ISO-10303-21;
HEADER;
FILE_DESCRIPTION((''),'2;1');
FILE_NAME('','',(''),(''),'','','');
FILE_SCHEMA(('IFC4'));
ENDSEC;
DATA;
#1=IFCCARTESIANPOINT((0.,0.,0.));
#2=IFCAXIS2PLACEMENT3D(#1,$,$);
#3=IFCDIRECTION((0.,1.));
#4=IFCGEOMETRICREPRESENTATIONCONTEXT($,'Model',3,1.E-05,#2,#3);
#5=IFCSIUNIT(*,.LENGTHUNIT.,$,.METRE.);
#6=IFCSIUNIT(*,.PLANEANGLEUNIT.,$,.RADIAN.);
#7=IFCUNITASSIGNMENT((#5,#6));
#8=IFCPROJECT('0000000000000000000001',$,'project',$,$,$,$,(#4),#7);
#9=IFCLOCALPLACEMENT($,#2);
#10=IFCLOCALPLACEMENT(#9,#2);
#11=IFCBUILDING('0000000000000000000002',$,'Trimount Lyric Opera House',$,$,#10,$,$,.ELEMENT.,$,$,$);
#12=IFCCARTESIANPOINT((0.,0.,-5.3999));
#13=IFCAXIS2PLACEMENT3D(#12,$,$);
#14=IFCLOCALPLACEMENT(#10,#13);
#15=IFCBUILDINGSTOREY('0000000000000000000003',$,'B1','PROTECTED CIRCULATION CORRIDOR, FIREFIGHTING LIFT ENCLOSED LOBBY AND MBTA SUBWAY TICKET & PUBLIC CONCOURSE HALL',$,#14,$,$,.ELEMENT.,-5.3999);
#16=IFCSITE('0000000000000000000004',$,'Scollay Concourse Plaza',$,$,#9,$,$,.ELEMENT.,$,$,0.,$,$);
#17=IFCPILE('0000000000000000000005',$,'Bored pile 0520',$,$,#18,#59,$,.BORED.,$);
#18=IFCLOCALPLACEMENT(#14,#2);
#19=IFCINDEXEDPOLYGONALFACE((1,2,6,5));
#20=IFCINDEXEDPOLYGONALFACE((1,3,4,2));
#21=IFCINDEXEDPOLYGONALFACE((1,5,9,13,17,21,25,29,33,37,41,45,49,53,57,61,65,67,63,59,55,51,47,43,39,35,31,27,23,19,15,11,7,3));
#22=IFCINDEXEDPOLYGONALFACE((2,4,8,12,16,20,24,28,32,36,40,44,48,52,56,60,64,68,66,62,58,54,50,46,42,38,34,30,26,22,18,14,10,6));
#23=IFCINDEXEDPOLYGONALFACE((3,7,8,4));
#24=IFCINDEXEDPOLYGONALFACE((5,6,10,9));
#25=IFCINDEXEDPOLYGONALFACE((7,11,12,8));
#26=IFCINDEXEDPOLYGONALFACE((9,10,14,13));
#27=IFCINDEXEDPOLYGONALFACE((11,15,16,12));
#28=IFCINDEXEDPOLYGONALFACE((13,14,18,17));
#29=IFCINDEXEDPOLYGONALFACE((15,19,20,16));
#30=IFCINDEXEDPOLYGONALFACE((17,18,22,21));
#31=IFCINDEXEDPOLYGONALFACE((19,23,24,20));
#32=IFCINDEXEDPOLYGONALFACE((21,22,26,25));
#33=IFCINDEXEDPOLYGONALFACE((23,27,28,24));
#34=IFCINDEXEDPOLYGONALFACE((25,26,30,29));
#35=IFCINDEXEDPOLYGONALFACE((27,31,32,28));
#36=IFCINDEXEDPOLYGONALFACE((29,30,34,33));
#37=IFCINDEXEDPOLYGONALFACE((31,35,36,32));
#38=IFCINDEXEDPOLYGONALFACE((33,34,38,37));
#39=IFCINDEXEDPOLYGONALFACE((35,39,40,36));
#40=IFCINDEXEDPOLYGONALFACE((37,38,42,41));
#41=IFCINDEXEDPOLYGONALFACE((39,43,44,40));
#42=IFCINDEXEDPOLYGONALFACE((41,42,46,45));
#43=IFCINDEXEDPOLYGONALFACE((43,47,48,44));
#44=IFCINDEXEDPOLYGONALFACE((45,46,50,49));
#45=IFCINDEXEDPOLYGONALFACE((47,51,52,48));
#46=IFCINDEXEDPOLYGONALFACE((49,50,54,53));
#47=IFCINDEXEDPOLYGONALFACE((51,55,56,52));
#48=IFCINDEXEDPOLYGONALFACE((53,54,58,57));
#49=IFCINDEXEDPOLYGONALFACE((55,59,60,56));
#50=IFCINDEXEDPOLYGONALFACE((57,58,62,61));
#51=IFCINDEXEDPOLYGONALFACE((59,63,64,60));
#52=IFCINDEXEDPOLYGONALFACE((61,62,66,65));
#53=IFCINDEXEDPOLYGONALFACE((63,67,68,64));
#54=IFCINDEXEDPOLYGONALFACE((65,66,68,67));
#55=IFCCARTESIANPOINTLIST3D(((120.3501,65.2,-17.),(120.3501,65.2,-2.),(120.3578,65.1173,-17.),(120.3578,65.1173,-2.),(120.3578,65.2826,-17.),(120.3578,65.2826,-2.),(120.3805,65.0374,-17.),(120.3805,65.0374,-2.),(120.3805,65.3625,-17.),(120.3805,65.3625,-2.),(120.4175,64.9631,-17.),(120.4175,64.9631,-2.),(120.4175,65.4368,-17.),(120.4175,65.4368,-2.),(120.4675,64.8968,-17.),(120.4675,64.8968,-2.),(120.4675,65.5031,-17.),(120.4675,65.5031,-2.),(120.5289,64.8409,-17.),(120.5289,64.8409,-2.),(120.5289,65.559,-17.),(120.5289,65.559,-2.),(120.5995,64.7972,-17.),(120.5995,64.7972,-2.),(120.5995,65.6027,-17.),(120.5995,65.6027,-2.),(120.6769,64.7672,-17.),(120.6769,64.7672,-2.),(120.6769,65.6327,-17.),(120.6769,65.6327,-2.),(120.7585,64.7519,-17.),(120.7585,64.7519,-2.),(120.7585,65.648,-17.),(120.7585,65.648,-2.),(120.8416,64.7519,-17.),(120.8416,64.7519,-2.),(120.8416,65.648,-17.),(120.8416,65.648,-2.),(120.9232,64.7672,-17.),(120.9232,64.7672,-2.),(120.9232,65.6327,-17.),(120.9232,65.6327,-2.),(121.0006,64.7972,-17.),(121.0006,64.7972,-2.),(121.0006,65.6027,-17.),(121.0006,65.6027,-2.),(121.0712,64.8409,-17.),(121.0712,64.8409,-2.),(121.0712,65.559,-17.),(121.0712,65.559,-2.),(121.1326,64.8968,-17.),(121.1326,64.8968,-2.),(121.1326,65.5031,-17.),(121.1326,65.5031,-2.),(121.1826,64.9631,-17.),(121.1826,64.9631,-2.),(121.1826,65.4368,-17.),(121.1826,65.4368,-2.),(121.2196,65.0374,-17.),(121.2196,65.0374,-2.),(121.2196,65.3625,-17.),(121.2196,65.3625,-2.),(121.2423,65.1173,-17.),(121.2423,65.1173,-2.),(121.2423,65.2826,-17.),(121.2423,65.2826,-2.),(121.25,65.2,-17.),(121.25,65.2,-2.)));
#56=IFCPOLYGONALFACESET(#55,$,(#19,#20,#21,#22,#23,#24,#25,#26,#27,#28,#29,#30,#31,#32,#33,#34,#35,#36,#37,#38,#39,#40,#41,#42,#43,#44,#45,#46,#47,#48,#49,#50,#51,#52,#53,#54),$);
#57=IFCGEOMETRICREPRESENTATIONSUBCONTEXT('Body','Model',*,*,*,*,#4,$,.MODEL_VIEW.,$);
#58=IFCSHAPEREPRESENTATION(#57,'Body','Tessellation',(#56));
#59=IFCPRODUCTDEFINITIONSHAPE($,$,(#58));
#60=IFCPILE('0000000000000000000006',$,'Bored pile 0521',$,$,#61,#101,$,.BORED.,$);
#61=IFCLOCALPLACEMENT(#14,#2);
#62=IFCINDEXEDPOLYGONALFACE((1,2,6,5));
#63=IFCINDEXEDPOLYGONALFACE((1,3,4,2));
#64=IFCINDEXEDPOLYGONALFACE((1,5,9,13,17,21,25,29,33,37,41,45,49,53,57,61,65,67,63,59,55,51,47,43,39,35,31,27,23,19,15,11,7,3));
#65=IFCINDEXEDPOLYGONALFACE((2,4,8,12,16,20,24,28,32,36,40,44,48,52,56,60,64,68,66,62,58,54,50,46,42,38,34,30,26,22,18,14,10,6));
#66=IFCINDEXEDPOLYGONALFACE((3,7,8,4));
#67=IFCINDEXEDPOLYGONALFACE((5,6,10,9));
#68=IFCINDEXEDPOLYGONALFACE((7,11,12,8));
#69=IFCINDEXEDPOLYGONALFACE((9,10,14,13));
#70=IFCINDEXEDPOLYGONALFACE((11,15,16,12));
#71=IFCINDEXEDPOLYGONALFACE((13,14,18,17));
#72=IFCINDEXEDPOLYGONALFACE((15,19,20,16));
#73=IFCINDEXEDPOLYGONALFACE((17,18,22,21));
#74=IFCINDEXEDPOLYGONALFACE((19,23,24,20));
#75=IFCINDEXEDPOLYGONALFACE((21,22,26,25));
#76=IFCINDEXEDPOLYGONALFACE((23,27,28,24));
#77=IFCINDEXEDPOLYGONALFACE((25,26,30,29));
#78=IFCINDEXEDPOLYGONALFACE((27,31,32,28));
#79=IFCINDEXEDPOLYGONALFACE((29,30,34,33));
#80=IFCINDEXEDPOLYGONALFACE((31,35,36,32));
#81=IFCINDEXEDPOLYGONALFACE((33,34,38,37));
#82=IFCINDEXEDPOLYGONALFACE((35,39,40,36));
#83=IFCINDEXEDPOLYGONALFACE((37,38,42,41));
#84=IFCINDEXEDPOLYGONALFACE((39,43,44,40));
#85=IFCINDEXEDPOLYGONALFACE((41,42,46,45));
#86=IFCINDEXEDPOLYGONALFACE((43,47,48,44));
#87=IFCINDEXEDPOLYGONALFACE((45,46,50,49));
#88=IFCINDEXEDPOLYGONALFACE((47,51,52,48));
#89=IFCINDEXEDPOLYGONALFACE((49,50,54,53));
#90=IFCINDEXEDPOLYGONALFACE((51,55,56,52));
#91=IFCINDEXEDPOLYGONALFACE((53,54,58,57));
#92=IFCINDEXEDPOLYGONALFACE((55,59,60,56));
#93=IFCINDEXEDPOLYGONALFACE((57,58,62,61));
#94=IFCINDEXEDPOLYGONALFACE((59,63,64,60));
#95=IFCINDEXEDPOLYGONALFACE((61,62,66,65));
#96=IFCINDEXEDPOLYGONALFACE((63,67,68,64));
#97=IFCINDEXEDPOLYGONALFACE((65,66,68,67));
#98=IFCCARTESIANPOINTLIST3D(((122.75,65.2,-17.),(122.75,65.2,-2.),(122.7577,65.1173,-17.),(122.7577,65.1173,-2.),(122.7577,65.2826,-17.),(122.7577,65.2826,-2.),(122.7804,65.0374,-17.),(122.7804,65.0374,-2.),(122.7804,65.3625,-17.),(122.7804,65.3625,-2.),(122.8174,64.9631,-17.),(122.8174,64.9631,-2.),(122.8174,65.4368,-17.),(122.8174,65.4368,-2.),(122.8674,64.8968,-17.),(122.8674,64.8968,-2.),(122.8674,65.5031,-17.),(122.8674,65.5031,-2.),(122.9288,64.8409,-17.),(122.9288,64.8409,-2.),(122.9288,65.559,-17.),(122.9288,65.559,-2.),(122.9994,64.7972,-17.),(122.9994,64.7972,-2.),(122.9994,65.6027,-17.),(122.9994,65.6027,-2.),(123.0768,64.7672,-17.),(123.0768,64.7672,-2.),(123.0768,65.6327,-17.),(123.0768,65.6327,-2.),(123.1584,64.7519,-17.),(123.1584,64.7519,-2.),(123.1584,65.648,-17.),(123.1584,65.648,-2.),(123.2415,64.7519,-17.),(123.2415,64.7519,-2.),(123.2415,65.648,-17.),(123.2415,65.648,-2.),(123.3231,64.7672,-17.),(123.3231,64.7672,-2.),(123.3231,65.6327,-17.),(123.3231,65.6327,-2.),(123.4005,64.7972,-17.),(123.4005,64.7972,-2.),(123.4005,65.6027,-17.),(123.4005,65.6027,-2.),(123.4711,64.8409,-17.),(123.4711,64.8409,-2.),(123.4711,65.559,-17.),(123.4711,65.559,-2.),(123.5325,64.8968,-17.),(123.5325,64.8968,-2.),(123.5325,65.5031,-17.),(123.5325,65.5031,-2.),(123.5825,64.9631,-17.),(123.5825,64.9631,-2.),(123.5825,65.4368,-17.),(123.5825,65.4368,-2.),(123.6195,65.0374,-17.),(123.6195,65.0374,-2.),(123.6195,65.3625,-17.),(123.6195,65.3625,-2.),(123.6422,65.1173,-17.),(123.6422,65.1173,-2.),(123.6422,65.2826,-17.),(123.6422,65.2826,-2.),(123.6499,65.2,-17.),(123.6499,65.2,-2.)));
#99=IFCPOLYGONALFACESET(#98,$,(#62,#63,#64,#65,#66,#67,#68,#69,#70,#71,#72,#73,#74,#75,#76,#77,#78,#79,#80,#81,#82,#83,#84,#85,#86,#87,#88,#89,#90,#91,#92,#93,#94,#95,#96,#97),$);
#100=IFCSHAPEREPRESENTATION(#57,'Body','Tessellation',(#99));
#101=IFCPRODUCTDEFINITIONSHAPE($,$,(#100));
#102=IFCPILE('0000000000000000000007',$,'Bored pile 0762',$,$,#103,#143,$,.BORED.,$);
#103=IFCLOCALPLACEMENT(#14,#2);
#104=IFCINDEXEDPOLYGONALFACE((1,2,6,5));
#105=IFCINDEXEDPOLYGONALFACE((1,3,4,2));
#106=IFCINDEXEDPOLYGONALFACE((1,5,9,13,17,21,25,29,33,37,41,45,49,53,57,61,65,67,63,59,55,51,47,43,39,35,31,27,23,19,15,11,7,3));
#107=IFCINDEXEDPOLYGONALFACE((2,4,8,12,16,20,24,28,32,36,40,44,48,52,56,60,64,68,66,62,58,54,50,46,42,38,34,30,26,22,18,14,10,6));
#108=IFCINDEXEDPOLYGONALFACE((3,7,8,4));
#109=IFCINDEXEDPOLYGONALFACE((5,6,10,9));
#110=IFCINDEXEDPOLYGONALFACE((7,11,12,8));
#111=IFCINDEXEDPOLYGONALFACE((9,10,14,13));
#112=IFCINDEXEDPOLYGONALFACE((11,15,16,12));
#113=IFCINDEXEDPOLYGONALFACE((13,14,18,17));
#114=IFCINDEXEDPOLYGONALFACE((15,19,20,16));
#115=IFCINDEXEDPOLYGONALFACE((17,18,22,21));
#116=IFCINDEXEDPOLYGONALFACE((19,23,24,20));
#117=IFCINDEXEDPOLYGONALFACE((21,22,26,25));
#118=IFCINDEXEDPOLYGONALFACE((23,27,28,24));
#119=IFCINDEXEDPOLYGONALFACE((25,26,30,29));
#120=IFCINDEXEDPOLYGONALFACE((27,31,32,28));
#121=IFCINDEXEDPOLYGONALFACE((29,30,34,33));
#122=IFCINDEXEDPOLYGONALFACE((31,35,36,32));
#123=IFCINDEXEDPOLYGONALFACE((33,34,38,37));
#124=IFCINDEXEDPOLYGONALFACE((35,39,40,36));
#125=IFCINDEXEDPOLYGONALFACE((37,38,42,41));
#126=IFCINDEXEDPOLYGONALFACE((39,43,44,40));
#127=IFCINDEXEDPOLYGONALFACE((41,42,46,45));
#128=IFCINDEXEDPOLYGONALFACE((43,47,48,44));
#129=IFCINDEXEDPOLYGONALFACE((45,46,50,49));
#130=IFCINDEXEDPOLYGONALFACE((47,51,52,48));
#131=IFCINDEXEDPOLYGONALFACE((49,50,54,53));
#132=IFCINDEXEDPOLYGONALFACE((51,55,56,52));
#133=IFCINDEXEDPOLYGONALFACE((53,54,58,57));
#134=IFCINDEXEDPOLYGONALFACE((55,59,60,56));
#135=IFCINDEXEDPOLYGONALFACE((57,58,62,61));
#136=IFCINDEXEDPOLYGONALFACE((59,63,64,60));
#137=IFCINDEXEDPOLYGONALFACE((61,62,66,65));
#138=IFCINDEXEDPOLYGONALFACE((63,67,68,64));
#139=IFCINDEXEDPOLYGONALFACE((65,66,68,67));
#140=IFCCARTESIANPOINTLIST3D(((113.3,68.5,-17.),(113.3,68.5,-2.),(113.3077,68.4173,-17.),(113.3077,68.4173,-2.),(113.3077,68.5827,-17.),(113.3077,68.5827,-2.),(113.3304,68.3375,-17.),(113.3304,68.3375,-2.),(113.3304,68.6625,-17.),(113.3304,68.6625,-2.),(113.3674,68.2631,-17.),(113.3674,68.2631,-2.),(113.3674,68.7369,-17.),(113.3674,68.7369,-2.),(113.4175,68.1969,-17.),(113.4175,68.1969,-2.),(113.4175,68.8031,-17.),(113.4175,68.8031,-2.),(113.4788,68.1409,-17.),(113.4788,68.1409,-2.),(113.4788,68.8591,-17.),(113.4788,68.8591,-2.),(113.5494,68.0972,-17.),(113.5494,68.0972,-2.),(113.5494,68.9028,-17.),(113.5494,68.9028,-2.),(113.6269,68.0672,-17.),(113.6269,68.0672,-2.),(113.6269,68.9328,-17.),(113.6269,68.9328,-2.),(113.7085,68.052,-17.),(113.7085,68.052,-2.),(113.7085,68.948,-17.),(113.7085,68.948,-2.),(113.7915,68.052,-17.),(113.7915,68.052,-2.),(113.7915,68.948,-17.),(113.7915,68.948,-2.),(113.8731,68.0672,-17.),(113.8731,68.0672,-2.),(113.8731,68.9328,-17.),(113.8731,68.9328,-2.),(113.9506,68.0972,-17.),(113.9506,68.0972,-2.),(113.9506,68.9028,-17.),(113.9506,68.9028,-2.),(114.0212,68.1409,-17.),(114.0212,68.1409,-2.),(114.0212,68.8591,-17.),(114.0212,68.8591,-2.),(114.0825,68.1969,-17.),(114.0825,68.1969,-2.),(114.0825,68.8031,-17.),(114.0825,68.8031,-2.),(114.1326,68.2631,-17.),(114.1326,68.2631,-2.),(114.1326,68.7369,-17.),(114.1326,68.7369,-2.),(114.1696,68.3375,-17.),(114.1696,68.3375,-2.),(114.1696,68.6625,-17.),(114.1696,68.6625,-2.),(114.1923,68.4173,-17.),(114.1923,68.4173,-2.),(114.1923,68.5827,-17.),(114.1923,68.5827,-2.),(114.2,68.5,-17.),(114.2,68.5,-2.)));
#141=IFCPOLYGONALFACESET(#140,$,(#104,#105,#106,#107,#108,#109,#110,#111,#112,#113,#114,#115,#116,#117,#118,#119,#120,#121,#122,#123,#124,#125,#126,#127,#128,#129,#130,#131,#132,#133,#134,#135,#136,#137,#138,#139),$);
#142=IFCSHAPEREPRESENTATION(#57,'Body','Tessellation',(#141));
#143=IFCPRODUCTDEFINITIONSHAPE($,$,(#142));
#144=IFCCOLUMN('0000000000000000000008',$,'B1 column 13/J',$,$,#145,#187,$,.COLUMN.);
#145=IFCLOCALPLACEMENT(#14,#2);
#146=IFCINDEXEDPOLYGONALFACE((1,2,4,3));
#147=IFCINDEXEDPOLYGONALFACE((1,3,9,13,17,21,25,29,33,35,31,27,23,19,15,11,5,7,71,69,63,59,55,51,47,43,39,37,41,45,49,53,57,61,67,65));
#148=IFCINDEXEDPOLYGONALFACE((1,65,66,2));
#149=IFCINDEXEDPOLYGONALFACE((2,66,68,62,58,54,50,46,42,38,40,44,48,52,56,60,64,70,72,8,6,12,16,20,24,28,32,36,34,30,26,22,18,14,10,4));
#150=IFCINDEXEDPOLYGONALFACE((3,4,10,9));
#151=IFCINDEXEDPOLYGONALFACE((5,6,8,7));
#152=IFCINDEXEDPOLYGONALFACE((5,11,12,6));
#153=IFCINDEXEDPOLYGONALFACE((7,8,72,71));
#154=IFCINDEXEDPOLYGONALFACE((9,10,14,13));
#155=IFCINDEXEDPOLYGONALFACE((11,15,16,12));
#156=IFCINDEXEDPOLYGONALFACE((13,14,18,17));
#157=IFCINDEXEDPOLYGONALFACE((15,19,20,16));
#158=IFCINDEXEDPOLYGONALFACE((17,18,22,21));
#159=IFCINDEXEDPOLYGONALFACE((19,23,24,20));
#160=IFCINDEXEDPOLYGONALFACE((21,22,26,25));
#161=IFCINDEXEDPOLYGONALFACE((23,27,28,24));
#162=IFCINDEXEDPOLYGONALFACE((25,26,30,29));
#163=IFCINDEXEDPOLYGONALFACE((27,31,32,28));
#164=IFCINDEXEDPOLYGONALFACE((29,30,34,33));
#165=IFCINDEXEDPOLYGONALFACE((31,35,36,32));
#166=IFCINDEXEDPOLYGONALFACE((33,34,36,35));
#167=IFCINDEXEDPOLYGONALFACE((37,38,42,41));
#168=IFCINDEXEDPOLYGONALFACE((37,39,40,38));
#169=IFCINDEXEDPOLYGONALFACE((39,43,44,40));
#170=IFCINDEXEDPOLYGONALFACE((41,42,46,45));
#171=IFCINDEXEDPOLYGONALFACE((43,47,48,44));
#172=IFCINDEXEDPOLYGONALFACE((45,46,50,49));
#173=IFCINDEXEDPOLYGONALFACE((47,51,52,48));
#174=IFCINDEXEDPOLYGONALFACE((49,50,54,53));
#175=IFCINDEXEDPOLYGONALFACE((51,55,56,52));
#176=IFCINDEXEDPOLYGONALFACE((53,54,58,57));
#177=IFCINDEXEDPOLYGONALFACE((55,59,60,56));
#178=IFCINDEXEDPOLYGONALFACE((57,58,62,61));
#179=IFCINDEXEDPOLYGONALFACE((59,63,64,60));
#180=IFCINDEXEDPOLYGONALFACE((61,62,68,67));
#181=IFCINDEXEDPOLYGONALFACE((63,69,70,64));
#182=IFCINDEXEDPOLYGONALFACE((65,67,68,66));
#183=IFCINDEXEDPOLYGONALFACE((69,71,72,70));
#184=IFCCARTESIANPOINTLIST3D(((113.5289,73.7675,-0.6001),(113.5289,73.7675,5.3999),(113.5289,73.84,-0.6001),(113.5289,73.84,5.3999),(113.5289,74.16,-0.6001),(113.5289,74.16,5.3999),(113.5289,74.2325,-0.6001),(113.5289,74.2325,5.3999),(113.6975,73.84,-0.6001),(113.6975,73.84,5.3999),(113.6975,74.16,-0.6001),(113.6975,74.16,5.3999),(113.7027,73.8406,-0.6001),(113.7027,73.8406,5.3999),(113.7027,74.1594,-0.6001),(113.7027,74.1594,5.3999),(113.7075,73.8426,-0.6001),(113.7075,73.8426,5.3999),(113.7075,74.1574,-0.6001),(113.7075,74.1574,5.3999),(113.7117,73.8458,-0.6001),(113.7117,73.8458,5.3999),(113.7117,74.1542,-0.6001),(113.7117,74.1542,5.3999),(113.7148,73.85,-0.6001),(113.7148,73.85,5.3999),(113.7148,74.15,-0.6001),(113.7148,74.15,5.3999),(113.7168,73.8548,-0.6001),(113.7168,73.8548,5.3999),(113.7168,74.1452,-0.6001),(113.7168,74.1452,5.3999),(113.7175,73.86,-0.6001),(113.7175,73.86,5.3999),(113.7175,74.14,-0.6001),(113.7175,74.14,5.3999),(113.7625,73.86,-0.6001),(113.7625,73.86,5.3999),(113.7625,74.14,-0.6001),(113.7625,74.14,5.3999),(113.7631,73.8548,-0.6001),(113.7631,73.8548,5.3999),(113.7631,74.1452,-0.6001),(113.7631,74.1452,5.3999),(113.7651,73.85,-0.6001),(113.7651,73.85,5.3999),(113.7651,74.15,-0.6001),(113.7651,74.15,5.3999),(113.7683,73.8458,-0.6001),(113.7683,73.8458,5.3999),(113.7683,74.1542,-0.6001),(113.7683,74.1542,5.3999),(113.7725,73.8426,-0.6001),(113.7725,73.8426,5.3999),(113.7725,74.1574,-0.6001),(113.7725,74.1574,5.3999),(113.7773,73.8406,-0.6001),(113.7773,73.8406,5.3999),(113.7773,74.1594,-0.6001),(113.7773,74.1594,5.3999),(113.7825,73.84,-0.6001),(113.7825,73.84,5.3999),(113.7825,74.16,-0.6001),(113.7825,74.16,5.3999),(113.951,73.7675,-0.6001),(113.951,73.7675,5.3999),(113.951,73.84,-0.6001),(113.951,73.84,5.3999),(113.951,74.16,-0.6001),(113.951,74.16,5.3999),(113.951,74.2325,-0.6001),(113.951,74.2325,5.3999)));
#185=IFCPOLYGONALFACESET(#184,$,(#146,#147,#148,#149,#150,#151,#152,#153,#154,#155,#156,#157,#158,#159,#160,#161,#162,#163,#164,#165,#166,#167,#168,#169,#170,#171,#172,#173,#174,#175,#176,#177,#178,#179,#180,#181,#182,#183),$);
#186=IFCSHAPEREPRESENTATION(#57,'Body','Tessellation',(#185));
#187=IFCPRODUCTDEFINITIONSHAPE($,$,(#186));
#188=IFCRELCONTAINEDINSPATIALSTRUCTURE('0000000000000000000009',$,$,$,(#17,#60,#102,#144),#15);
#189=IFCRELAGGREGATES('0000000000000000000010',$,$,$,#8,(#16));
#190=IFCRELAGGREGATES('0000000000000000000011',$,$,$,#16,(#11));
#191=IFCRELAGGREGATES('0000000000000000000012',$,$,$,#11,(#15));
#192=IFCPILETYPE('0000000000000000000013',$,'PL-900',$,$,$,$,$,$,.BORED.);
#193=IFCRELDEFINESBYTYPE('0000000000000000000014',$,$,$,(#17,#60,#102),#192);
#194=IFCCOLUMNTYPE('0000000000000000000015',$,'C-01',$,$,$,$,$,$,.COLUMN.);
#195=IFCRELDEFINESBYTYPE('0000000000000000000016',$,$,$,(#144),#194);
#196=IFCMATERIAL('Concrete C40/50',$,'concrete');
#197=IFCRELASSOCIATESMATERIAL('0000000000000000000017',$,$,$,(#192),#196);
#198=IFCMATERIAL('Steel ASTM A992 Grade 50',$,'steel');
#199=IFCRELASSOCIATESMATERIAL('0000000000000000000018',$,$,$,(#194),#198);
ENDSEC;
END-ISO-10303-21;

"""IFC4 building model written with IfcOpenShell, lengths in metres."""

from ifc_helpers import new_model, si_unit, direction, frame, origin, origin_2d, place, context, subcontext, project, spatial, circle, i_section, extrude, material, material_profile, profile_set, type_object, element, save


model = new_model("IFC4")

# Units and contexts
model_context = context("Model", 3, precision=1e-05, world=origin(), true_north=direction((0.0, 1.0)))
body_context = subcontext(model_context, "Body", "Model", "MODEL_VIEW")
ifc_project = project(units=[si_unit("LENGTHUNIT", "METRE"), si_unit("PLANEANGLEUNIT", "RADIAN")], contexts=[model_context])

# Site, building, storey
site_placement = place(None, origin())
site = spatial("IfcSite", under=ifc_project, at=site_placement, Name="Scollay Concourse Plaza", CompositionType="ELEMENT", RefElevation=0.0)
building_placement = place(site_placement, origin())
building = spatial("IfcBuilding", under=site, at=building_placement, Name="Trimount Lyric Opera House", CompositionType="ELEMENT")
storey_placement = place(building_placement, frame((0.0, 0.0, -5.3999)))
storey = spatial("IfcBuildingStorey", under=building, at=storey_placement, Name="B1", Description="PROTECTED CIRCULATION CORRIDOR, FIREFIGHTING LIFT ENCLOSED LOBBY AND MBTA SUBWAY TICKET & PUBLIC CONCOURSE HALL", CompositionType="ELEMENT", Elevation=-5.3999)

# Piles
ifc_material_1 = material(Name="Concrete C40/50", Category="concrete")
ifc_material_profile_1 = material_profile(ifc_material_1, circle(Radius=0.45, at=origin_2d()), Name="PILE-D900")
ifc_profile_set_1 = profile_set([ifc_material_profile_1], Name="Concrete C40/50")
pile_type_1 = type_object("IfcPileType", Name="PL-900", PredefinedType="BORED", material=ifc_profile_set_1)
for number, where, z_axis, x_axis, name in (
    (1, (120.8, 65.2, -2.0), (0.0, 0.0, -1.0), (1.0, 0.0, 0.0), "Bored pile 0520"),
    (2, (123.2, 65.2, -2.0), (0.0, 0.0, -1.0), (1.0, 0.0, 0.0), "Bored pile 0521"),
    (3, (113.75, 68.5, -2.0), (0.0, 0.0, -1.0), (1.0, 0.0, 0.0), "Bored pile 0762"),
):
    element("IfcPile", number, at=place(storey_placement, frame(where, z_axis=z_axis, x_axis=x_axis)), inside=storey, type_object=pile_type_1, Name=name, PredefinedType="BORED", context=body_context, shape_type="SweptSolid", body=[
        extrude(circle(Radius=0.45, at=origin_2d()), origin(), (0.0, 0.0, 1.0), 15.0),
    ])

# Column
ifc_material_2 = material(Name="Steel ASTM A992 Grade 50", Category="steel")
ifc_material_profile_2 = material_profile(ifc_material_2, i_section(OverallWidth=0.4221, OverallDepth=0.4651, WebThickness=0.0449, FlangeThickness=0.0725, FilletRadius=0.02, at=origin_2d()), Name="W14X398")
ifc_profile_set_2 = profile_set([ifc_material_profile_2], Name="Steel ASTM A992 Grade 50")
column_type_1 = type_object("IfcColumnType", Name="C-01", PredefinedType="COLUMN", material=ifc_profile_set_2)
column_1_placement = place(storey_placement, frame((113.74, 74.0, -0.6001), z_axis=(0.0, 0.0, 1.0), x_axis=(1.0, 0.0, 0.0)))
element("IfcColumn", 4, at=column_1_placement, inside=storey, type_object=column_type_1, Name="B1 column 13/J", PredefinedType="COLUMN", context=body_context, shape_type="SweptSolid", body=[
    extrude(i_section(OverallWidth=0.4221, OverallDepth=0.4651, WebThickness=0.0449, FlangeThickness=0.0725, FilletRadius=0.02, at=origin_2d()), origin(), (0.0, 0.0, 1.0), 6.0),
])

save(model, "model.ifc")
